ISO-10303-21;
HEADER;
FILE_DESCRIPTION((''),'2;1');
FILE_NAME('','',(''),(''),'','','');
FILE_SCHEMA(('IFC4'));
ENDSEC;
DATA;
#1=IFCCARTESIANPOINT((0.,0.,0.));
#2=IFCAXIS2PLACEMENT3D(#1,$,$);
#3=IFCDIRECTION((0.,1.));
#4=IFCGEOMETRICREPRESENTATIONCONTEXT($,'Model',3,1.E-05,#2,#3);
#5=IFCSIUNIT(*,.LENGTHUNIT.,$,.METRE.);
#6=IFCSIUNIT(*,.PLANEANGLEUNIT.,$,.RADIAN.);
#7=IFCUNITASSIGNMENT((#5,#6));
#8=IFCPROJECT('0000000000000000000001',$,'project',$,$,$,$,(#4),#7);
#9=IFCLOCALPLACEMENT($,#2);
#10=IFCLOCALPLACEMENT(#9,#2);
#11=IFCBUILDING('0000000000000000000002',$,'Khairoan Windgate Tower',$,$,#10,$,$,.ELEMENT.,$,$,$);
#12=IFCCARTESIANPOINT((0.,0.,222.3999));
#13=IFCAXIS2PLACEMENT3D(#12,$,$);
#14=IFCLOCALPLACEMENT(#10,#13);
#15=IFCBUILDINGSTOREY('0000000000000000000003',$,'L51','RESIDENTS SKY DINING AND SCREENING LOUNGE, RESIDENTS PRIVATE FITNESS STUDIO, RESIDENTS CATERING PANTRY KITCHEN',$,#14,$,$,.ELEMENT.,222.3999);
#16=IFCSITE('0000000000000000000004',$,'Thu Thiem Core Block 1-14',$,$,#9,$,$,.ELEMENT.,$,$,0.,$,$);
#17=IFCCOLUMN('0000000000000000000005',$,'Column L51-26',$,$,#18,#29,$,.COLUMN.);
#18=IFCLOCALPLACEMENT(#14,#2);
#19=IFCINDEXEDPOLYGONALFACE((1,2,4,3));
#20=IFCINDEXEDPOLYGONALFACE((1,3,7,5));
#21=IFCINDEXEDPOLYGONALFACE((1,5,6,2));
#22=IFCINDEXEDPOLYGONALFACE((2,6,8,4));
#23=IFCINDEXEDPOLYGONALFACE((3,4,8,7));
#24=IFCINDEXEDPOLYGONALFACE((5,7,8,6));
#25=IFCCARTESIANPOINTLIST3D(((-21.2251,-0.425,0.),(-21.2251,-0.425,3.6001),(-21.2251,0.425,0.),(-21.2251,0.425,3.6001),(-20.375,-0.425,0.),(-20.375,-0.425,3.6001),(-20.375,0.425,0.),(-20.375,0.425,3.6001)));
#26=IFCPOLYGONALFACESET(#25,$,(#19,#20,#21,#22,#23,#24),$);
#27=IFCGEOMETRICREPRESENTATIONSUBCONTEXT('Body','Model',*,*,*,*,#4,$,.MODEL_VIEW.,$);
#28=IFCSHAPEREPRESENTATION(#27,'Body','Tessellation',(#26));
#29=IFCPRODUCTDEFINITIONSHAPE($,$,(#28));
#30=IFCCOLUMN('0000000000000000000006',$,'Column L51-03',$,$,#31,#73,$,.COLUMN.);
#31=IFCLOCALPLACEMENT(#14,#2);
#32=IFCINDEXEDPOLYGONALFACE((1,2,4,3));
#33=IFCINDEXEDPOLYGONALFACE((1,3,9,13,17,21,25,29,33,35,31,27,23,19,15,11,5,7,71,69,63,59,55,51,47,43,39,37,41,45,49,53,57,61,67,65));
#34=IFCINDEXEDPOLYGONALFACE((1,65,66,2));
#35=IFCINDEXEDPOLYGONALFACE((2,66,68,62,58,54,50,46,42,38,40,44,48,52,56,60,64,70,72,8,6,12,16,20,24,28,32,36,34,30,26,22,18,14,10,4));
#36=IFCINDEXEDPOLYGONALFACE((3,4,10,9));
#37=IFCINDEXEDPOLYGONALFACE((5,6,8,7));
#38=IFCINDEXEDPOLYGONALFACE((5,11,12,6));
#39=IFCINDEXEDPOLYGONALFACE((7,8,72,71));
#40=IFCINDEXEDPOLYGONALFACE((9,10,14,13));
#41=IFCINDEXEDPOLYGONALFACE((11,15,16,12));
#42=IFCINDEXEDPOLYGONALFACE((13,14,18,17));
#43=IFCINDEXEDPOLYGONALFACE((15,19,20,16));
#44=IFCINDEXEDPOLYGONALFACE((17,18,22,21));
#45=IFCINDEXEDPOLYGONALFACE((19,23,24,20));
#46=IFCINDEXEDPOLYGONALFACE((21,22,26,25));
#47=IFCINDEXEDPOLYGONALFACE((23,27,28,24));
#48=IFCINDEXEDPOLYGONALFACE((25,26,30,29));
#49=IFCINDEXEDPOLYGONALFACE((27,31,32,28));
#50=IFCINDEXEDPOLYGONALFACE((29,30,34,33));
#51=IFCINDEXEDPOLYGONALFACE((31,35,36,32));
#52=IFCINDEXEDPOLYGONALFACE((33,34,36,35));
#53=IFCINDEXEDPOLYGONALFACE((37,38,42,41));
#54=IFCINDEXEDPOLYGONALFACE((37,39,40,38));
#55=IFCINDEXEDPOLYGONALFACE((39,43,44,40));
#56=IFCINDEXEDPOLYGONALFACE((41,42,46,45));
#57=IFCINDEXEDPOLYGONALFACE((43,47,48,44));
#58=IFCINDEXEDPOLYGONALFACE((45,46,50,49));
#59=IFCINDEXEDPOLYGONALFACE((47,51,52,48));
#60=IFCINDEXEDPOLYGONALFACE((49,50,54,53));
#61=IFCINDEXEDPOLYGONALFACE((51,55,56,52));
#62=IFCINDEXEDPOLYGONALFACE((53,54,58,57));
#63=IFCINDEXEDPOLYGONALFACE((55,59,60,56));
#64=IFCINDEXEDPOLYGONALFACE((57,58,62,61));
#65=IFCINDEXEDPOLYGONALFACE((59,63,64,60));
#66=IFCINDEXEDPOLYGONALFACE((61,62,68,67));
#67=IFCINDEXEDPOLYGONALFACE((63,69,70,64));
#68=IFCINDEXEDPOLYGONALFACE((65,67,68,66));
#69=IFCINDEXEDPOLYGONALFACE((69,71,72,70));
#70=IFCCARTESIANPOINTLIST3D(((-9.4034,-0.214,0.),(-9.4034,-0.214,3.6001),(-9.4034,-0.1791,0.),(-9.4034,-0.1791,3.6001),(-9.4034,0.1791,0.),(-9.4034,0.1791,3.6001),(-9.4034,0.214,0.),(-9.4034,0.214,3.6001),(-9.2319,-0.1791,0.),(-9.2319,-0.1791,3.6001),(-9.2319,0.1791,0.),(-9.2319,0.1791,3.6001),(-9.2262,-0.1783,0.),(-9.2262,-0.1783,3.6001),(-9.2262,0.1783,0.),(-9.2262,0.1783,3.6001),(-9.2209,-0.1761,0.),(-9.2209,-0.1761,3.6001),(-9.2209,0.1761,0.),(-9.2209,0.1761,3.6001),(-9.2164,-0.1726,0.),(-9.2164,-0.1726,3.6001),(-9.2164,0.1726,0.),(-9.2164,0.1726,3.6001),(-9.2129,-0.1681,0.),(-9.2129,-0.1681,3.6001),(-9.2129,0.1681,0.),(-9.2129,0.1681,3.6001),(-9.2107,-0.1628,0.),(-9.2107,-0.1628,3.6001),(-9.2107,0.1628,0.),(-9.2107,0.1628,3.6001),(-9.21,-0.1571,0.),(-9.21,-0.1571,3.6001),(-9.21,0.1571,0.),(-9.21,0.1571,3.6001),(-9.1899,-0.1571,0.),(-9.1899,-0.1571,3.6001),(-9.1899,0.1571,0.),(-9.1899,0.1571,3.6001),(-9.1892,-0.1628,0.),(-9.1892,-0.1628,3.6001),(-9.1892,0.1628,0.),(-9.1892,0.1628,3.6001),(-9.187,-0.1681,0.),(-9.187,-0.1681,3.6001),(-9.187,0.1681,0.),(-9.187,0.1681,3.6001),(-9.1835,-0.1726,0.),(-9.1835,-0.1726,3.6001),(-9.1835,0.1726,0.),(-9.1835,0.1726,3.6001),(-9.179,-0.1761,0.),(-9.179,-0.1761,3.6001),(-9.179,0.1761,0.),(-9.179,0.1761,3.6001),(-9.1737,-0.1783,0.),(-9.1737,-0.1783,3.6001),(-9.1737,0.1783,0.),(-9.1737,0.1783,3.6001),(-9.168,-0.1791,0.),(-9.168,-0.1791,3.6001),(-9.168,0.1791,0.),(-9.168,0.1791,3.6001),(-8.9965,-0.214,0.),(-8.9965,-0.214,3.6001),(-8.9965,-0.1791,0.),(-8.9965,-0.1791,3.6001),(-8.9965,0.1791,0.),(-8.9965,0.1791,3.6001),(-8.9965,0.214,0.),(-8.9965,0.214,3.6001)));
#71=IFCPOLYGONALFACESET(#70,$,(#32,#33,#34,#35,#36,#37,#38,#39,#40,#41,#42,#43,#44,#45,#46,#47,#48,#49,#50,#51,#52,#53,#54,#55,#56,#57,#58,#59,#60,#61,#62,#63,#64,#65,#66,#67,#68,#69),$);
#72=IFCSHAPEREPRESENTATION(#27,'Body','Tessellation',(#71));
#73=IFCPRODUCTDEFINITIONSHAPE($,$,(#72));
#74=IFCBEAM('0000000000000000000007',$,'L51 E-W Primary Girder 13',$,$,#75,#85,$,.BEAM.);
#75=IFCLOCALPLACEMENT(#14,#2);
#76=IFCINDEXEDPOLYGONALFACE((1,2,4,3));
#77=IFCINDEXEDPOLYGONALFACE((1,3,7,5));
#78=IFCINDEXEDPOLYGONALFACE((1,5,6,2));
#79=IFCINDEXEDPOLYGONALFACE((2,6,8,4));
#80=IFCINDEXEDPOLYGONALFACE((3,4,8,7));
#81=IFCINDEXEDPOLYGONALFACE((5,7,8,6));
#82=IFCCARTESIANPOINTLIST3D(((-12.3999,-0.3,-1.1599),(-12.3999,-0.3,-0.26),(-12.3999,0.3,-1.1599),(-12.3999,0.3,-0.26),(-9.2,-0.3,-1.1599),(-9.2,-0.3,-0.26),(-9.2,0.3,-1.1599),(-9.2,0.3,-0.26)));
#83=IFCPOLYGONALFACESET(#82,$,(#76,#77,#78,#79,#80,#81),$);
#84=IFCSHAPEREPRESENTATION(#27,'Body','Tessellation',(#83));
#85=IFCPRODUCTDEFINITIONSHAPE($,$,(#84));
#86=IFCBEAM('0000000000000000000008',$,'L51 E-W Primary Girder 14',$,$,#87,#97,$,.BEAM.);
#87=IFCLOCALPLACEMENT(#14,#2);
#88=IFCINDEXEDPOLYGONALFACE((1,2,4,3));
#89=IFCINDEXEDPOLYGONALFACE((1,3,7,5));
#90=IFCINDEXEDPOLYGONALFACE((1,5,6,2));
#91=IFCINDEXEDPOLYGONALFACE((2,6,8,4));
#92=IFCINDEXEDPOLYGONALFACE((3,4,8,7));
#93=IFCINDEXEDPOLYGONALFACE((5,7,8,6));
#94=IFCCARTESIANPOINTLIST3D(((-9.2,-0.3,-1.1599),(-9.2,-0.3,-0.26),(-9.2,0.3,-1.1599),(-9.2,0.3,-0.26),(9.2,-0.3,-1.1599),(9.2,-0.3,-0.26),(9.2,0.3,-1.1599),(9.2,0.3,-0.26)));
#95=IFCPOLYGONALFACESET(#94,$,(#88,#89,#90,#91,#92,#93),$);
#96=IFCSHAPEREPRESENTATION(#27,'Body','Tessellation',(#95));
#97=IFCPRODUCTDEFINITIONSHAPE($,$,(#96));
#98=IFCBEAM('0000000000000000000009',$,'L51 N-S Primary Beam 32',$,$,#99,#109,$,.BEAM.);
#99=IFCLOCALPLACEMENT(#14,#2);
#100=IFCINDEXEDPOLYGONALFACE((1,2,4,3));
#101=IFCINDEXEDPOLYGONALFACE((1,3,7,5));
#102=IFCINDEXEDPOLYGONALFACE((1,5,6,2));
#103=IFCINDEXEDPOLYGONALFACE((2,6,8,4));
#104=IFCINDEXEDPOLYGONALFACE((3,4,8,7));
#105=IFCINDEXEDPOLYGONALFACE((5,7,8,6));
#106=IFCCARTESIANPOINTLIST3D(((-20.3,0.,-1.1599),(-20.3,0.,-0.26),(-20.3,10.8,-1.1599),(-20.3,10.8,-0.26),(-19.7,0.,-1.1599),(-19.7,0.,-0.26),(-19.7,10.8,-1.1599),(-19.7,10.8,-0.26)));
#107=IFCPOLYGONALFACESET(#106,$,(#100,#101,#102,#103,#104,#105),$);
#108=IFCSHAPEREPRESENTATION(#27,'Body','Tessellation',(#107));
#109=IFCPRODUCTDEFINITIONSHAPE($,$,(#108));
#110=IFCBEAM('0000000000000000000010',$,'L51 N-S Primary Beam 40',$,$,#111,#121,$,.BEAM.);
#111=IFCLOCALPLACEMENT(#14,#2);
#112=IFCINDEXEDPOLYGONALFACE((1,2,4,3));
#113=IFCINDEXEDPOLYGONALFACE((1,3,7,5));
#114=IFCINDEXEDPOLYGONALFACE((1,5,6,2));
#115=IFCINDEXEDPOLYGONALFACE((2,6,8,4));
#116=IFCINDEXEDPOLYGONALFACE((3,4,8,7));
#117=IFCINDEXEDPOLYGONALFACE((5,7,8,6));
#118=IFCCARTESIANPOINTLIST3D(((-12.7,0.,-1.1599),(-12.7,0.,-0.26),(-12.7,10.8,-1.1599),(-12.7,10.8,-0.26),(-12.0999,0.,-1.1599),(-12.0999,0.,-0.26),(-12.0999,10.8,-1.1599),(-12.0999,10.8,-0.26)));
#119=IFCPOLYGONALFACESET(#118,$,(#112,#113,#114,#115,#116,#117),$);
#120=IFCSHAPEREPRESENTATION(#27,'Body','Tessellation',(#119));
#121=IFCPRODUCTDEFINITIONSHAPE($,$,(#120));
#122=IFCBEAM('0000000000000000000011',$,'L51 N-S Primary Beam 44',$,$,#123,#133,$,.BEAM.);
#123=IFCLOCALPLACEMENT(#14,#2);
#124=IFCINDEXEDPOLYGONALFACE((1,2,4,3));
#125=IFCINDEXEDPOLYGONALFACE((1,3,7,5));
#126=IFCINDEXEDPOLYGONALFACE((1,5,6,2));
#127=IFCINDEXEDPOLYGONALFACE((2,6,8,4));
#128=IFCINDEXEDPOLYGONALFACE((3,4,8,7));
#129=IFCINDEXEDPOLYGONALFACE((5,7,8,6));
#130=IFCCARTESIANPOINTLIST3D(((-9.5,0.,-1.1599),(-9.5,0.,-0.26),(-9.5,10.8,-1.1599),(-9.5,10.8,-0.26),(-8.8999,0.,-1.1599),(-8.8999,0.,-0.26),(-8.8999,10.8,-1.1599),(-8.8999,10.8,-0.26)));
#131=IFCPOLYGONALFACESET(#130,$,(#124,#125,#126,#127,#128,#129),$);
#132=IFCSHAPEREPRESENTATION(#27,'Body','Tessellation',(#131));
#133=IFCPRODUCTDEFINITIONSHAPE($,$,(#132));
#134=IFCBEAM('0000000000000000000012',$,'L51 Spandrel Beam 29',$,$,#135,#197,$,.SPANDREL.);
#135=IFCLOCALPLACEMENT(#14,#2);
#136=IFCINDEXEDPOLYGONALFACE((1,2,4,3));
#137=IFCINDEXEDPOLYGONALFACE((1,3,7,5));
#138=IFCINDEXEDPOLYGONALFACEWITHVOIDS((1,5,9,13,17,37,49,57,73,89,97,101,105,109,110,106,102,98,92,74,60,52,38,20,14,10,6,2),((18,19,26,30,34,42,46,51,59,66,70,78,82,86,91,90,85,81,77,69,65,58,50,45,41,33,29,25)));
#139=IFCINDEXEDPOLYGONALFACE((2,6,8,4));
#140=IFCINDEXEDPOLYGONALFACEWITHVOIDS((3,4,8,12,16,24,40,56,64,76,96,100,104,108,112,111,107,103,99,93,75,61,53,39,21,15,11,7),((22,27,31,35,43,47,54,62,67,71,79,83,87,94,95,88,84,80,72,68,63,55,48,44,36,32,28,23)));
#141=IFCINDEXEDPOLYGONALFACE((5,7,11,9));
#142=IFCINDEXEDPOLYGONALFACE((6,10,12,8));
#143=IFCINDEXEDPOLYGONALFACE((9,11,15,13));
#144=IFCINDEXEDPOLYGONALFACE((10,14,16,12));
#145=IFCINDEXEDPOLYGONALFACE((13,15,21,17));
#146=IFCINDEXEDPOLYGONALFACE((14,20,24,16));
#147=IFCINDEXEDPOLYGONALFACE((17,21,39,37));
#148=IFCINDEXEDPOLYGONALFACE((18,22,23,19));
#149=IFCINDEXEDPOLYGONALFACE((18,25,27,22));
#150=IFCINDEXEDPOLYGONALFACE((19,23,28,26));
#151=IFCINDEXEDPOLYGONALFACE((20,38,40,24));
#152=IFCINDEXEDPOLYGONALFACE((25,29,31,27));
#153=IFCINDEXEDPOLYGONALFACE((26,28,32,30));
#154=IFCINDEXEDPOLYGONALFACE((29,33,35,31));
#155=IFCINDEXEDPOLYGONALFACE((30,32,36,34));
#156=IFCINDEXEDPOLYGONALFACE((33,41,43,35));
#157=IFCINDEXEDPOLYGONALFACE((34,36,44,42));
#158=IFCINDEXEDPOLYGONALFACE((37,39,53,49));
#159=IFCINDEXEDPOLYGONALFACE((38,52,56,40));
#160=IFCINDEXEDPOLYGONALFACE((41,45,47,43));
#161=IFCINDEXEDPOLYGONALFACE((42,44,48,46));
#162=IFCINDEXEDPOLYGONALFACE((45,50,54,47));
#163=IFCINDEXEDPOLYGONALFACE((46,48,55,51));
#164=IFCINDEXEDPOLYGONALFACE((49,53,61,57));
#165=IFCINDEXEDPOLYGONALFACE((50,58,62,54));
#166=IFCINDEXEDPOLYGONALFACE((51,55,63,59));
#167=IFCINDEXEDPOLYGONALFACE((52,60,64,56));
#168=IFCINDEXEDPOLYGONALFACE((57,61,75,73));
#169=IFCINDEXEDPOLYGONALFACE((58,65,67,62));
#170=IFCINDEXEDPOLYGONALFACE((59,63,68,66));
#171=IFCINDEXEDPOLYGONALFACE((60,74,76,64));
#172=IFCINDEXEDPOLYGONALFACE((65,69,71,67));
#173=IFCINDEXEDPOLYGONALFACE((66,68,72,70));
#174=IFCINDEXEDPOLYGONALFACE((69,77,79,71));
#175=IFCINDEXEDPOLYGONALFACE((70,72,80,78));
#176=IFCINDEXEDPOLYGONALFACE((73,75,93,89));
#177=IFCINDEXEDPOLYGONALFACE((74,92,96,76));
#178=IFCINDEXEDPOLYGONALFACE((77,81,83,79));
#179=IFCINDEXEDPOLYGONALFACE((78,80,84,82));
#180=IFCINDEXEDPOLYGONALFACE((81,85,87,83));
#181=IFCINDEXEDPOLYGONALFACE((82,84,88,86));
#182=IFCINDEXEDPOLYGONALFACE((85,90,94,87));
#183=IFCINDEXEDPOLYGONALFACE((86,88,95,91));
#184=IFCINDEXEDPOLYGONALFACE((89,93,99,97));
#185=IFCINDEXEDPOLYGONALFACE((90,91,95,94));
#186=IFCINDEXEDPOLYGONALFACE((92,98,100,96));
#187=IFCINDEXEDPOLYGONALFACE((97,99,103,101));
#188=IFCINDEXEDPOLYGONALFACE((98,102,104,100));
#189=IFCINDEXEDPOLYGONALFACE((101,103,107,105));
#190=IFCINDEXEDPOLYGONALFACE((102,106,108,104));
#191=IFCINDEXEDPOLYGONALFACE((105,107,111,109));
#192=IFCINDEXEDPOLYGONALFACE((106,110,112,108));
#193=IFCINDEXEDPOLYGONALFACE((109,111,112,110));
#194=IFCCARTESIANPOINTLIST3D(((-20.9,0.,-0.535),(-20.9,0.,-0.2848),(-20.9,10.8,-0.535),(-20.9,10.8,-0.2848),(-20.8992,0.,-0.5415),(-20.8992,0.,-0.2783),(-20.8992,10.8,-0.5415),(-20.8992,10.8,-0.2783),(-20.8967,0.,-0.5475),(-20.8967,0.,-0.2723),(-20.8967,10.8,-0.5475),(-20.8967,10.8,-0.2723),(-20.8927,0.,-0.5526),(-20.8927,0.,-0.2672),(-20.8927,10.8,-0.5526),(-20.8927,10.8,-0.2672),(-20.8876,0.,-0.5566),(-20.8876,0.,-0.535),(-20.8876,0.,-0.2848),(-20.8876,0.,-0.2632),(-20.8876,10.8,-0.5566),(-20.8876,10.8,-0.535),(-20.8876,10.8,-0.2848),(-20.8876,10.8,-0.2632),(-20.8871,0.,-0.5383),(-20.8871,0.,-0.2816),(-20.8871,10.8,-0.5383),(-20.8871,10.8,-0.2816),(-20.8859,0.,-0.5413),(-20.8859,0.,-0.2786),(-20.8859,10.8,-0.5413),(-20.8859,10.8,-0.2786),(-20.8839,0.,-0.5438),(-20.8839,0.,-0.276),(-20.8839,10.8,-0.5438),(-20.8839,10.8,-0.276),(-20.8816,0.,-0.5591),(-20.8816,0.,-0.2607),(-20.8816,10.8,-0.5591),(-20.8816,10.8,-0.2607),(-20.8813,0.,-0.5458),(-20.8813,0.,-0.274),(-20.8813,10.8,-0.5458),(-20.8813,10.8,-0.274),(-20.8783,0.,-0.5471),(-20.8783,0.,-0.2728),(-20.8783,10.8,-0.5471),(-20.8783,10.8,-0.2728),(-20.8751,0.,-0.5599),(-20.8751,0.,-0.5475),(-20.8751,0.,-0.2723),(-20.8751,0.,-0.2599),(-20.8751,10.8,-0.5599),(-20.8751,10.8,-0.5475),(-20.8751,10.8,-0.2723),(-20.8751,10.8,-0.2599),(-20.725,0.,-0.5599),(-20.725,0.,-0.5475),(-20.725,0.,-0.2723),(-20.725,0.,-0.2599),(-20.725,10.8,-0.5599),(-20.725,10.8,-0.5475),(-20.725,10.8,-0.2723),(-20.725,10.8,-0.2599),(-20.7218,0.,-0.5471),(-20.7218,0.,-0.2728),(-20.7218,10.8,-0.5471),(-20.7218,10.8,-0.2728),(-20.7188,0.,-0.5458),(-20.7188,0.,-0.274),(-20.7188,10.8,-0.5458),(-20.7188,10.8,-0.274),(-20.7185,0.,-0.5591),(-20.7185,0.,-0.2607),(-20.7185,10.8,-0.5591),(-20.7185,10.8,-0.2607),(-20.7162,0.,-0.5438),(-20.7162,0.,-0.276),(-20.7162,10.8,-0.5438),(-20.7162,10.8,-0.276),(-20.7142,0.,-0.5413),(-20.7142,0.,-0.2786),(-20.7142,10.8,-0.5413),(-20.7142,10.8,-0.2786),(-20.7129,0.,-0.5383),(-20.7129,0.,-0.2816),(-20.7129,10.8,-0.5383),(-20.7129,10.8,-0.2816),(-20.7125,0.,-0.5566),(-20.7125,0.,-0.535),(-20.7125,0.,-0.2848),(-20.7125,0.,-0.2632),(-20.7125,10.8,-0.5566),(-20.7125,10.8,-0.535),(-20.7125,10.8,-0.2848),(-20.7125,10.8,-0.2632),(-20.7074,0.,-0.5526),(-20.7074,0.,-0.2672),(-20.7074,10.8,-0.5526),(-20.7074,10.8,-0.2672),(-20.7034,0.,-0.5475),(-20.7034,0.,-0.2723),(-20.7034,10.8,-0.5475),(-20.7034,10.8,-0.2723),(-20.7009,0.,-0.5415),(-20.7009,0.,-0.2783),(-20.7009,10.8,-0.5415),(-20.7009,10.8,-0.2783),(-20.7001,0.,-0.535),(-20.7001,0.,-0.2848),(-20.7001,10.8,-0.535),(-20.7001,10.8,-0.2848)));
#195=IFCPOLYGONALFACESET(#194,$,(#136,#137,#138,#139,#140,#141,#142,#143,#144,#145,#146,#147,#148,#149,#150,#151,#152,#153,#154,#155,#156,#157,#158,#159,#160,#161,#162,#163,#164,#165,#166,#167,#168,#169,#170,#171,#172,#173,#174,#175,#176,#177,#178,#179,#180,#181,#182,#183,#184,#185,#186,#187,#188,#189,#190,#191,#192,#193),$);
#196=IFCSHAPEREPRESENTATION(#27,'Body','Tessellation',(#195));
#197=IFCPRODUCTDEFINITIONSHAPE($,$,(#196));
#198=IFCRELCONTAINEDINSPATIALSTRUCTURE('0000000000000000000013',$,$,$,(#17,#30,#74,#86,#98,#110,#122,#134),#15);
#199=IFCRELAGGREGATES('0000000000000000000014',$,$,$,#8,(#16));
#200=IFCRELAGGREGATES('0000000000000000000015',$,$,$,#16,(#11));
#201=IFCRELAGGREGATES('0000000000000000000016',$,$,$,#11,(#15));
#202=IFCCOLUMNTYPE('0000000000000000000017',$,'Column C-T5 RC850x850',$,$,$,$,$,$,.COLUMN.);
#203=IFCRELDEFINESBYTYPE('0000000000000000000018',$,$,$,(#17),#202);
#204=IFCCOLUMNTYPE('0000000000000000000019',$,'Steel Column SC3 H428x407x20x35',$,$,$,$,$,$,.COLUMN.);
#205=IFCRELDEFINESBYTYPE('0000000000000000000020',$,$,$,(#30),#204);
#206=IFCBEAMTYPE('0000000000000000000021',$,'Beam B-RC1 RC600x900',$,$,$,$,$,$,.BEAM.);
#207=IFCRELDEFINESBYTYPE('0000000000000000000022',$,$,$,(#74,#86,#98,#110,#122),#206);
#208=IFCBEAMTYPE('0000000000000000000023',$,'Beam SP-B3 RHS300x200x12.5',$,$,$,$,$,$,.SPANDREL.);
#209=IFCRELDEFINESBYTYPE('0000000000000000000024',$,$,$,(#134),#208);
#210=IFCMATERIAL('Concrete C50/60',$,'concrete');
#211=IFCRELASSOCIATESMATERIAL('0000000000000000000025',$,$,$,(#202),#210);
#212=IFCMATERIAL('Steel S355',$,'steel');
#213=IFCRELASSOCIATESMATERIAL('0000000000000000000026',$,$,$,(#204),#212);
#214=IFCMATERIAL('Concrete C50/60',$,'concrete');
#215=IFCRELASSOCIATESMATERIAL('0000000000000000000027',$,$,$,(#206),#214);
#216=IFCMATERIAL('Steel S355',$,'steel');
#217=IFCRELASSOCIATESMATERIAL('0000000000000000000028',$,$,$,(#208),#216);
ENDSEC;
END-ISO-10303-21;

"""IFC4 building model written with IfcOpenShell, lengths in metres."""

from ifc_helpers import new_model, si_unit, direction, frame, origin, origin_2d, place, context, subcontext, project, spatial, rectangle, hollow_rectangle, i_section, extrude, material, material_profile, profile_set, type_object, element, save


model = new_model("IFC4")

# Units and contexts
model_context = context("Model", 3, precision=1e-05, world=origin(), true_north=direction((0.0, 1.0)))
body_context = subcontext(model_context, "Body", "Model", "MODEL_VIEW")
ifc_project = project(units=[si_unit("LENGTHUNIT", "METRE"), si_unit("PLANEANGLEUNIT", "RADIAN")], contexts=[model_context])

# Site, building, storey
site_placement = place(None, origin())
site = spatial("IfcSite", under=ifc_project, at=site_placement, Name="Thu Thiem Core Block 1-14", CompositionType="ELEMENT", RefElevation=0.0)
building_placement = place(site_placement, origin())
building = spatial("IfcBuilding", under=site, at=building_placement, Name="Khairoan Windgate Tower", CompositionType="ELEMENT")
storey_placement = place(building_placement, frame((0.0, 0.0, 222.3999)))
storey = spatial("IfcBuildingStorey", under=building, at=storey_placement, Name="L51", Description="RESIDENTS SKY DINING AND SCREENING LOUNGE, RESIDENTS PRIVATE FITNESS STUDIO, RESIDENTS CATERING PANTRY KITCHEN", CompositionType="ELEMENT", Elevation=222.3999)

# Columns
ifc_material_1 = material(Name="Concrete C50/60", Category="concrete")
ifc_material_profile_1 = material_profile(ifc_material_1, rectangle(XDim=0.8501, YDim=0.8501, at=origin_2d()))
ifc_profile_set_1 = profile_set([ifc_material_profile_1], Name="Concrete C50/60")
column_type_1 = type_object("IfcColumnType", Name="Column C-T5 RC850x850", PredefinedType="COLUMN", material=ifc_profile_set_1)
column_1_placement = place(storey_placement, frame((-20.8, 0.0, 0.0), z_axis=(0.0, 0.0, 1.0), x_axis=(1.0, 0.0, 0.0)))
element("IfcColumn", 1, at=column_1_placement, inside=storey, type_object=column_type_1, Name="Column L51-26", PredefinedType="COLUMN", context=body_context, shape_type="SweptSolid", body=[
    extrude(rectangle(XDim=0.8501, YDim=0.8501, at=origin_2d()), origin(), (0.0, 0.0, 1.0), 3.6001),
])
ifc_material_2 = material(Name="Steel S355", Category="steel")
ifc_material_profile_2 = material_profile(ifc_material_2, i_section(OverallWidth=0.407, OverallDepth=0.428, WebThickness=0.02, FlangeThickness=0.0349, FilletRadius=0.022, at=origin_2d()))
ifc_profile_set_2 = profile_set([ifc_material_profile_2], Name="Steel S355")
column_type_2 = type_object("IfcColumnType", Name="Steel Column SC3 H428x407x20x35", PredefinedType="COLUMN", material=ifc_profile_set_2)
column_2_placement = place(storey_placement, frame((-9.2, 0.0, 0.0), z_axis=(0.0, 0.0, 1.0), x_axis=(1.0, 0.0, 0.0)))
element("IfcColumn", 2, at=column_2_placement, inside=storey, type_object=column_type_2, Name="Column L51-03", PredefinedType="COLUMN", context=body_context, shape_type="SweptSolid", body=[
    extrude(i_section(OverallWidth=0.407, OverallDepth=0.428, WebThickness=0.02, FlangeThickness=0.0349, FilletRadius=0.022, at=origin_2d()), origin(), (0.0, 0.0, 1.0), 3.6001),
])

# Beams
ifc_material_3 = material(Name="Concrete C50/60", Category="concrete")
ifc_material_profile_3 = material_profile(ifc_material_3, rectangle(XDim=0.6001, YDim=0.8999, at=origin_2d()))
ifc_profile_set_3 = profile_set([ifc_material_profile_3], Name="Concrete C50/60")
beam_type_1 = type_object("IfcBeamType", Name="Beam B-RC1 RC600x900", PredefinedType="BEAM", material=ifc_profile_set_3)
beam_1_placement = place(storey_placement, frame((-12.3999, 0.0, -0.71), z_axis=(1.0, 0.0, 0.0), x_axis=(0.0, 1.0, 0.0)))
element("IfcBeam", 3, at=beam_1_placement, inside=storey, type_object=beam_type_1, Name="L51 E-W Primary Girder 13", PredefinedType="BEAM", context=body_context, shape_type="SweptSolid", body=[
    extrude(rectangle(XDim=0.6001, YDim=0.8999, at=origin_2d()), origin(), (0.0, 0.0, 1.0), 3.2),
])
beam_2_placement = place(storey_placement, frame((-9.2, 0.0, -0.71), z_axis=(1.0, 0.0, 0.0), x_axis=(0.0, 1.0, 0.0)))
element("IfcBeam", 4, at=beam_2_placement, inside=storey, type_object=beam_type_1, Name="L51 E-W Primary Girder 14", PredefinedType="BEAM", context=body_context, shape_type="SweptSolid", body=[
    extrude(rectangle(XDim=0.6001, YDim=0.8999, at=origin_2d()), origin(), (0.0, 0.0, 1.0), 18.3999),
])
for number, where, z_axis, x_axis, name in (
    (5, (-20.0, 0.0, -0.71), (0.0, 1.0, 0.0), (-1.0, 0.0, 0.0), "L51 N-S Primary Beam 32"),
    (6, (-12.3999, 0.0, -0.71), (0.0, 1.0, 0.0), (-1.0, 0.0, 0.0), "L51 N-S Primary Beam 40"),
    (7, (-9.2, 0.0, -0.71), (0.0, 1.0, 0.0), (-1.0, 0.0, 0.0), "L51 N-S Primary Beam 44"),
):
    element("IfcBeam", number, at=place(storey_placement, frame(where, z_axis=z_axis, x_axis=x_axis)), inside=storey, type_object=beam_type_1, Name=name, PredefinedType="BEAM", context=body_context, shape_type="SweptSolid", body=[
        extrude(rectangle(XDim=0.6001, YDim=0.8999, at=origin_2d()), origin(), (0.0, 0.0, 1.0), 10.8),
    ])
ifc_material_4 = material(Name="Steel S355", Category="steel")
ifc_material_profile_4 = material_profile(ifc_material_4, hollow_rectangle(XDim=0.2, YDim=0.3, WallThickness=0.0125, InnerFilletRadius=0.0125, OuterFilletRadius=0.0249, at=origin_2d()))
ifc_profile_set_4 = profile_set([ifc_material_profile_4], Name="Steel S355")
beam_type_2 = type_object("IfcBeamType", Name="Beam SP-B3 RHS300x200x12.5", PredefinedType="SPANDREL", material=ifc_profile_set_4)
beam_3_placement = place(storey_placement, frame((-20.8, 0.0, -0.4099), z_axis=(0.0, 1.0, 0.0), x_axis=(-1.0, 0.0, 0.0)))
element("IfcBeam", 8, at=beam_3_placement, inside=storey, type_object=beam_type_2, Name="L51 Spandrel Beam 29", PredefinedType="SPANDREL", context=body_context, shape_type="SweptSolid", body=[
    extrude(hollow_rectangle(XDim=0.2, YDim=0.3, WallThickness=0.0125, InnerFilletRadius=0.0125, OuterFilletRadius=0.0249, at=origin_2d()), origin(), (0.0, 0.0, 1.0), 10.8),
])

save(model, "model.ifc")
